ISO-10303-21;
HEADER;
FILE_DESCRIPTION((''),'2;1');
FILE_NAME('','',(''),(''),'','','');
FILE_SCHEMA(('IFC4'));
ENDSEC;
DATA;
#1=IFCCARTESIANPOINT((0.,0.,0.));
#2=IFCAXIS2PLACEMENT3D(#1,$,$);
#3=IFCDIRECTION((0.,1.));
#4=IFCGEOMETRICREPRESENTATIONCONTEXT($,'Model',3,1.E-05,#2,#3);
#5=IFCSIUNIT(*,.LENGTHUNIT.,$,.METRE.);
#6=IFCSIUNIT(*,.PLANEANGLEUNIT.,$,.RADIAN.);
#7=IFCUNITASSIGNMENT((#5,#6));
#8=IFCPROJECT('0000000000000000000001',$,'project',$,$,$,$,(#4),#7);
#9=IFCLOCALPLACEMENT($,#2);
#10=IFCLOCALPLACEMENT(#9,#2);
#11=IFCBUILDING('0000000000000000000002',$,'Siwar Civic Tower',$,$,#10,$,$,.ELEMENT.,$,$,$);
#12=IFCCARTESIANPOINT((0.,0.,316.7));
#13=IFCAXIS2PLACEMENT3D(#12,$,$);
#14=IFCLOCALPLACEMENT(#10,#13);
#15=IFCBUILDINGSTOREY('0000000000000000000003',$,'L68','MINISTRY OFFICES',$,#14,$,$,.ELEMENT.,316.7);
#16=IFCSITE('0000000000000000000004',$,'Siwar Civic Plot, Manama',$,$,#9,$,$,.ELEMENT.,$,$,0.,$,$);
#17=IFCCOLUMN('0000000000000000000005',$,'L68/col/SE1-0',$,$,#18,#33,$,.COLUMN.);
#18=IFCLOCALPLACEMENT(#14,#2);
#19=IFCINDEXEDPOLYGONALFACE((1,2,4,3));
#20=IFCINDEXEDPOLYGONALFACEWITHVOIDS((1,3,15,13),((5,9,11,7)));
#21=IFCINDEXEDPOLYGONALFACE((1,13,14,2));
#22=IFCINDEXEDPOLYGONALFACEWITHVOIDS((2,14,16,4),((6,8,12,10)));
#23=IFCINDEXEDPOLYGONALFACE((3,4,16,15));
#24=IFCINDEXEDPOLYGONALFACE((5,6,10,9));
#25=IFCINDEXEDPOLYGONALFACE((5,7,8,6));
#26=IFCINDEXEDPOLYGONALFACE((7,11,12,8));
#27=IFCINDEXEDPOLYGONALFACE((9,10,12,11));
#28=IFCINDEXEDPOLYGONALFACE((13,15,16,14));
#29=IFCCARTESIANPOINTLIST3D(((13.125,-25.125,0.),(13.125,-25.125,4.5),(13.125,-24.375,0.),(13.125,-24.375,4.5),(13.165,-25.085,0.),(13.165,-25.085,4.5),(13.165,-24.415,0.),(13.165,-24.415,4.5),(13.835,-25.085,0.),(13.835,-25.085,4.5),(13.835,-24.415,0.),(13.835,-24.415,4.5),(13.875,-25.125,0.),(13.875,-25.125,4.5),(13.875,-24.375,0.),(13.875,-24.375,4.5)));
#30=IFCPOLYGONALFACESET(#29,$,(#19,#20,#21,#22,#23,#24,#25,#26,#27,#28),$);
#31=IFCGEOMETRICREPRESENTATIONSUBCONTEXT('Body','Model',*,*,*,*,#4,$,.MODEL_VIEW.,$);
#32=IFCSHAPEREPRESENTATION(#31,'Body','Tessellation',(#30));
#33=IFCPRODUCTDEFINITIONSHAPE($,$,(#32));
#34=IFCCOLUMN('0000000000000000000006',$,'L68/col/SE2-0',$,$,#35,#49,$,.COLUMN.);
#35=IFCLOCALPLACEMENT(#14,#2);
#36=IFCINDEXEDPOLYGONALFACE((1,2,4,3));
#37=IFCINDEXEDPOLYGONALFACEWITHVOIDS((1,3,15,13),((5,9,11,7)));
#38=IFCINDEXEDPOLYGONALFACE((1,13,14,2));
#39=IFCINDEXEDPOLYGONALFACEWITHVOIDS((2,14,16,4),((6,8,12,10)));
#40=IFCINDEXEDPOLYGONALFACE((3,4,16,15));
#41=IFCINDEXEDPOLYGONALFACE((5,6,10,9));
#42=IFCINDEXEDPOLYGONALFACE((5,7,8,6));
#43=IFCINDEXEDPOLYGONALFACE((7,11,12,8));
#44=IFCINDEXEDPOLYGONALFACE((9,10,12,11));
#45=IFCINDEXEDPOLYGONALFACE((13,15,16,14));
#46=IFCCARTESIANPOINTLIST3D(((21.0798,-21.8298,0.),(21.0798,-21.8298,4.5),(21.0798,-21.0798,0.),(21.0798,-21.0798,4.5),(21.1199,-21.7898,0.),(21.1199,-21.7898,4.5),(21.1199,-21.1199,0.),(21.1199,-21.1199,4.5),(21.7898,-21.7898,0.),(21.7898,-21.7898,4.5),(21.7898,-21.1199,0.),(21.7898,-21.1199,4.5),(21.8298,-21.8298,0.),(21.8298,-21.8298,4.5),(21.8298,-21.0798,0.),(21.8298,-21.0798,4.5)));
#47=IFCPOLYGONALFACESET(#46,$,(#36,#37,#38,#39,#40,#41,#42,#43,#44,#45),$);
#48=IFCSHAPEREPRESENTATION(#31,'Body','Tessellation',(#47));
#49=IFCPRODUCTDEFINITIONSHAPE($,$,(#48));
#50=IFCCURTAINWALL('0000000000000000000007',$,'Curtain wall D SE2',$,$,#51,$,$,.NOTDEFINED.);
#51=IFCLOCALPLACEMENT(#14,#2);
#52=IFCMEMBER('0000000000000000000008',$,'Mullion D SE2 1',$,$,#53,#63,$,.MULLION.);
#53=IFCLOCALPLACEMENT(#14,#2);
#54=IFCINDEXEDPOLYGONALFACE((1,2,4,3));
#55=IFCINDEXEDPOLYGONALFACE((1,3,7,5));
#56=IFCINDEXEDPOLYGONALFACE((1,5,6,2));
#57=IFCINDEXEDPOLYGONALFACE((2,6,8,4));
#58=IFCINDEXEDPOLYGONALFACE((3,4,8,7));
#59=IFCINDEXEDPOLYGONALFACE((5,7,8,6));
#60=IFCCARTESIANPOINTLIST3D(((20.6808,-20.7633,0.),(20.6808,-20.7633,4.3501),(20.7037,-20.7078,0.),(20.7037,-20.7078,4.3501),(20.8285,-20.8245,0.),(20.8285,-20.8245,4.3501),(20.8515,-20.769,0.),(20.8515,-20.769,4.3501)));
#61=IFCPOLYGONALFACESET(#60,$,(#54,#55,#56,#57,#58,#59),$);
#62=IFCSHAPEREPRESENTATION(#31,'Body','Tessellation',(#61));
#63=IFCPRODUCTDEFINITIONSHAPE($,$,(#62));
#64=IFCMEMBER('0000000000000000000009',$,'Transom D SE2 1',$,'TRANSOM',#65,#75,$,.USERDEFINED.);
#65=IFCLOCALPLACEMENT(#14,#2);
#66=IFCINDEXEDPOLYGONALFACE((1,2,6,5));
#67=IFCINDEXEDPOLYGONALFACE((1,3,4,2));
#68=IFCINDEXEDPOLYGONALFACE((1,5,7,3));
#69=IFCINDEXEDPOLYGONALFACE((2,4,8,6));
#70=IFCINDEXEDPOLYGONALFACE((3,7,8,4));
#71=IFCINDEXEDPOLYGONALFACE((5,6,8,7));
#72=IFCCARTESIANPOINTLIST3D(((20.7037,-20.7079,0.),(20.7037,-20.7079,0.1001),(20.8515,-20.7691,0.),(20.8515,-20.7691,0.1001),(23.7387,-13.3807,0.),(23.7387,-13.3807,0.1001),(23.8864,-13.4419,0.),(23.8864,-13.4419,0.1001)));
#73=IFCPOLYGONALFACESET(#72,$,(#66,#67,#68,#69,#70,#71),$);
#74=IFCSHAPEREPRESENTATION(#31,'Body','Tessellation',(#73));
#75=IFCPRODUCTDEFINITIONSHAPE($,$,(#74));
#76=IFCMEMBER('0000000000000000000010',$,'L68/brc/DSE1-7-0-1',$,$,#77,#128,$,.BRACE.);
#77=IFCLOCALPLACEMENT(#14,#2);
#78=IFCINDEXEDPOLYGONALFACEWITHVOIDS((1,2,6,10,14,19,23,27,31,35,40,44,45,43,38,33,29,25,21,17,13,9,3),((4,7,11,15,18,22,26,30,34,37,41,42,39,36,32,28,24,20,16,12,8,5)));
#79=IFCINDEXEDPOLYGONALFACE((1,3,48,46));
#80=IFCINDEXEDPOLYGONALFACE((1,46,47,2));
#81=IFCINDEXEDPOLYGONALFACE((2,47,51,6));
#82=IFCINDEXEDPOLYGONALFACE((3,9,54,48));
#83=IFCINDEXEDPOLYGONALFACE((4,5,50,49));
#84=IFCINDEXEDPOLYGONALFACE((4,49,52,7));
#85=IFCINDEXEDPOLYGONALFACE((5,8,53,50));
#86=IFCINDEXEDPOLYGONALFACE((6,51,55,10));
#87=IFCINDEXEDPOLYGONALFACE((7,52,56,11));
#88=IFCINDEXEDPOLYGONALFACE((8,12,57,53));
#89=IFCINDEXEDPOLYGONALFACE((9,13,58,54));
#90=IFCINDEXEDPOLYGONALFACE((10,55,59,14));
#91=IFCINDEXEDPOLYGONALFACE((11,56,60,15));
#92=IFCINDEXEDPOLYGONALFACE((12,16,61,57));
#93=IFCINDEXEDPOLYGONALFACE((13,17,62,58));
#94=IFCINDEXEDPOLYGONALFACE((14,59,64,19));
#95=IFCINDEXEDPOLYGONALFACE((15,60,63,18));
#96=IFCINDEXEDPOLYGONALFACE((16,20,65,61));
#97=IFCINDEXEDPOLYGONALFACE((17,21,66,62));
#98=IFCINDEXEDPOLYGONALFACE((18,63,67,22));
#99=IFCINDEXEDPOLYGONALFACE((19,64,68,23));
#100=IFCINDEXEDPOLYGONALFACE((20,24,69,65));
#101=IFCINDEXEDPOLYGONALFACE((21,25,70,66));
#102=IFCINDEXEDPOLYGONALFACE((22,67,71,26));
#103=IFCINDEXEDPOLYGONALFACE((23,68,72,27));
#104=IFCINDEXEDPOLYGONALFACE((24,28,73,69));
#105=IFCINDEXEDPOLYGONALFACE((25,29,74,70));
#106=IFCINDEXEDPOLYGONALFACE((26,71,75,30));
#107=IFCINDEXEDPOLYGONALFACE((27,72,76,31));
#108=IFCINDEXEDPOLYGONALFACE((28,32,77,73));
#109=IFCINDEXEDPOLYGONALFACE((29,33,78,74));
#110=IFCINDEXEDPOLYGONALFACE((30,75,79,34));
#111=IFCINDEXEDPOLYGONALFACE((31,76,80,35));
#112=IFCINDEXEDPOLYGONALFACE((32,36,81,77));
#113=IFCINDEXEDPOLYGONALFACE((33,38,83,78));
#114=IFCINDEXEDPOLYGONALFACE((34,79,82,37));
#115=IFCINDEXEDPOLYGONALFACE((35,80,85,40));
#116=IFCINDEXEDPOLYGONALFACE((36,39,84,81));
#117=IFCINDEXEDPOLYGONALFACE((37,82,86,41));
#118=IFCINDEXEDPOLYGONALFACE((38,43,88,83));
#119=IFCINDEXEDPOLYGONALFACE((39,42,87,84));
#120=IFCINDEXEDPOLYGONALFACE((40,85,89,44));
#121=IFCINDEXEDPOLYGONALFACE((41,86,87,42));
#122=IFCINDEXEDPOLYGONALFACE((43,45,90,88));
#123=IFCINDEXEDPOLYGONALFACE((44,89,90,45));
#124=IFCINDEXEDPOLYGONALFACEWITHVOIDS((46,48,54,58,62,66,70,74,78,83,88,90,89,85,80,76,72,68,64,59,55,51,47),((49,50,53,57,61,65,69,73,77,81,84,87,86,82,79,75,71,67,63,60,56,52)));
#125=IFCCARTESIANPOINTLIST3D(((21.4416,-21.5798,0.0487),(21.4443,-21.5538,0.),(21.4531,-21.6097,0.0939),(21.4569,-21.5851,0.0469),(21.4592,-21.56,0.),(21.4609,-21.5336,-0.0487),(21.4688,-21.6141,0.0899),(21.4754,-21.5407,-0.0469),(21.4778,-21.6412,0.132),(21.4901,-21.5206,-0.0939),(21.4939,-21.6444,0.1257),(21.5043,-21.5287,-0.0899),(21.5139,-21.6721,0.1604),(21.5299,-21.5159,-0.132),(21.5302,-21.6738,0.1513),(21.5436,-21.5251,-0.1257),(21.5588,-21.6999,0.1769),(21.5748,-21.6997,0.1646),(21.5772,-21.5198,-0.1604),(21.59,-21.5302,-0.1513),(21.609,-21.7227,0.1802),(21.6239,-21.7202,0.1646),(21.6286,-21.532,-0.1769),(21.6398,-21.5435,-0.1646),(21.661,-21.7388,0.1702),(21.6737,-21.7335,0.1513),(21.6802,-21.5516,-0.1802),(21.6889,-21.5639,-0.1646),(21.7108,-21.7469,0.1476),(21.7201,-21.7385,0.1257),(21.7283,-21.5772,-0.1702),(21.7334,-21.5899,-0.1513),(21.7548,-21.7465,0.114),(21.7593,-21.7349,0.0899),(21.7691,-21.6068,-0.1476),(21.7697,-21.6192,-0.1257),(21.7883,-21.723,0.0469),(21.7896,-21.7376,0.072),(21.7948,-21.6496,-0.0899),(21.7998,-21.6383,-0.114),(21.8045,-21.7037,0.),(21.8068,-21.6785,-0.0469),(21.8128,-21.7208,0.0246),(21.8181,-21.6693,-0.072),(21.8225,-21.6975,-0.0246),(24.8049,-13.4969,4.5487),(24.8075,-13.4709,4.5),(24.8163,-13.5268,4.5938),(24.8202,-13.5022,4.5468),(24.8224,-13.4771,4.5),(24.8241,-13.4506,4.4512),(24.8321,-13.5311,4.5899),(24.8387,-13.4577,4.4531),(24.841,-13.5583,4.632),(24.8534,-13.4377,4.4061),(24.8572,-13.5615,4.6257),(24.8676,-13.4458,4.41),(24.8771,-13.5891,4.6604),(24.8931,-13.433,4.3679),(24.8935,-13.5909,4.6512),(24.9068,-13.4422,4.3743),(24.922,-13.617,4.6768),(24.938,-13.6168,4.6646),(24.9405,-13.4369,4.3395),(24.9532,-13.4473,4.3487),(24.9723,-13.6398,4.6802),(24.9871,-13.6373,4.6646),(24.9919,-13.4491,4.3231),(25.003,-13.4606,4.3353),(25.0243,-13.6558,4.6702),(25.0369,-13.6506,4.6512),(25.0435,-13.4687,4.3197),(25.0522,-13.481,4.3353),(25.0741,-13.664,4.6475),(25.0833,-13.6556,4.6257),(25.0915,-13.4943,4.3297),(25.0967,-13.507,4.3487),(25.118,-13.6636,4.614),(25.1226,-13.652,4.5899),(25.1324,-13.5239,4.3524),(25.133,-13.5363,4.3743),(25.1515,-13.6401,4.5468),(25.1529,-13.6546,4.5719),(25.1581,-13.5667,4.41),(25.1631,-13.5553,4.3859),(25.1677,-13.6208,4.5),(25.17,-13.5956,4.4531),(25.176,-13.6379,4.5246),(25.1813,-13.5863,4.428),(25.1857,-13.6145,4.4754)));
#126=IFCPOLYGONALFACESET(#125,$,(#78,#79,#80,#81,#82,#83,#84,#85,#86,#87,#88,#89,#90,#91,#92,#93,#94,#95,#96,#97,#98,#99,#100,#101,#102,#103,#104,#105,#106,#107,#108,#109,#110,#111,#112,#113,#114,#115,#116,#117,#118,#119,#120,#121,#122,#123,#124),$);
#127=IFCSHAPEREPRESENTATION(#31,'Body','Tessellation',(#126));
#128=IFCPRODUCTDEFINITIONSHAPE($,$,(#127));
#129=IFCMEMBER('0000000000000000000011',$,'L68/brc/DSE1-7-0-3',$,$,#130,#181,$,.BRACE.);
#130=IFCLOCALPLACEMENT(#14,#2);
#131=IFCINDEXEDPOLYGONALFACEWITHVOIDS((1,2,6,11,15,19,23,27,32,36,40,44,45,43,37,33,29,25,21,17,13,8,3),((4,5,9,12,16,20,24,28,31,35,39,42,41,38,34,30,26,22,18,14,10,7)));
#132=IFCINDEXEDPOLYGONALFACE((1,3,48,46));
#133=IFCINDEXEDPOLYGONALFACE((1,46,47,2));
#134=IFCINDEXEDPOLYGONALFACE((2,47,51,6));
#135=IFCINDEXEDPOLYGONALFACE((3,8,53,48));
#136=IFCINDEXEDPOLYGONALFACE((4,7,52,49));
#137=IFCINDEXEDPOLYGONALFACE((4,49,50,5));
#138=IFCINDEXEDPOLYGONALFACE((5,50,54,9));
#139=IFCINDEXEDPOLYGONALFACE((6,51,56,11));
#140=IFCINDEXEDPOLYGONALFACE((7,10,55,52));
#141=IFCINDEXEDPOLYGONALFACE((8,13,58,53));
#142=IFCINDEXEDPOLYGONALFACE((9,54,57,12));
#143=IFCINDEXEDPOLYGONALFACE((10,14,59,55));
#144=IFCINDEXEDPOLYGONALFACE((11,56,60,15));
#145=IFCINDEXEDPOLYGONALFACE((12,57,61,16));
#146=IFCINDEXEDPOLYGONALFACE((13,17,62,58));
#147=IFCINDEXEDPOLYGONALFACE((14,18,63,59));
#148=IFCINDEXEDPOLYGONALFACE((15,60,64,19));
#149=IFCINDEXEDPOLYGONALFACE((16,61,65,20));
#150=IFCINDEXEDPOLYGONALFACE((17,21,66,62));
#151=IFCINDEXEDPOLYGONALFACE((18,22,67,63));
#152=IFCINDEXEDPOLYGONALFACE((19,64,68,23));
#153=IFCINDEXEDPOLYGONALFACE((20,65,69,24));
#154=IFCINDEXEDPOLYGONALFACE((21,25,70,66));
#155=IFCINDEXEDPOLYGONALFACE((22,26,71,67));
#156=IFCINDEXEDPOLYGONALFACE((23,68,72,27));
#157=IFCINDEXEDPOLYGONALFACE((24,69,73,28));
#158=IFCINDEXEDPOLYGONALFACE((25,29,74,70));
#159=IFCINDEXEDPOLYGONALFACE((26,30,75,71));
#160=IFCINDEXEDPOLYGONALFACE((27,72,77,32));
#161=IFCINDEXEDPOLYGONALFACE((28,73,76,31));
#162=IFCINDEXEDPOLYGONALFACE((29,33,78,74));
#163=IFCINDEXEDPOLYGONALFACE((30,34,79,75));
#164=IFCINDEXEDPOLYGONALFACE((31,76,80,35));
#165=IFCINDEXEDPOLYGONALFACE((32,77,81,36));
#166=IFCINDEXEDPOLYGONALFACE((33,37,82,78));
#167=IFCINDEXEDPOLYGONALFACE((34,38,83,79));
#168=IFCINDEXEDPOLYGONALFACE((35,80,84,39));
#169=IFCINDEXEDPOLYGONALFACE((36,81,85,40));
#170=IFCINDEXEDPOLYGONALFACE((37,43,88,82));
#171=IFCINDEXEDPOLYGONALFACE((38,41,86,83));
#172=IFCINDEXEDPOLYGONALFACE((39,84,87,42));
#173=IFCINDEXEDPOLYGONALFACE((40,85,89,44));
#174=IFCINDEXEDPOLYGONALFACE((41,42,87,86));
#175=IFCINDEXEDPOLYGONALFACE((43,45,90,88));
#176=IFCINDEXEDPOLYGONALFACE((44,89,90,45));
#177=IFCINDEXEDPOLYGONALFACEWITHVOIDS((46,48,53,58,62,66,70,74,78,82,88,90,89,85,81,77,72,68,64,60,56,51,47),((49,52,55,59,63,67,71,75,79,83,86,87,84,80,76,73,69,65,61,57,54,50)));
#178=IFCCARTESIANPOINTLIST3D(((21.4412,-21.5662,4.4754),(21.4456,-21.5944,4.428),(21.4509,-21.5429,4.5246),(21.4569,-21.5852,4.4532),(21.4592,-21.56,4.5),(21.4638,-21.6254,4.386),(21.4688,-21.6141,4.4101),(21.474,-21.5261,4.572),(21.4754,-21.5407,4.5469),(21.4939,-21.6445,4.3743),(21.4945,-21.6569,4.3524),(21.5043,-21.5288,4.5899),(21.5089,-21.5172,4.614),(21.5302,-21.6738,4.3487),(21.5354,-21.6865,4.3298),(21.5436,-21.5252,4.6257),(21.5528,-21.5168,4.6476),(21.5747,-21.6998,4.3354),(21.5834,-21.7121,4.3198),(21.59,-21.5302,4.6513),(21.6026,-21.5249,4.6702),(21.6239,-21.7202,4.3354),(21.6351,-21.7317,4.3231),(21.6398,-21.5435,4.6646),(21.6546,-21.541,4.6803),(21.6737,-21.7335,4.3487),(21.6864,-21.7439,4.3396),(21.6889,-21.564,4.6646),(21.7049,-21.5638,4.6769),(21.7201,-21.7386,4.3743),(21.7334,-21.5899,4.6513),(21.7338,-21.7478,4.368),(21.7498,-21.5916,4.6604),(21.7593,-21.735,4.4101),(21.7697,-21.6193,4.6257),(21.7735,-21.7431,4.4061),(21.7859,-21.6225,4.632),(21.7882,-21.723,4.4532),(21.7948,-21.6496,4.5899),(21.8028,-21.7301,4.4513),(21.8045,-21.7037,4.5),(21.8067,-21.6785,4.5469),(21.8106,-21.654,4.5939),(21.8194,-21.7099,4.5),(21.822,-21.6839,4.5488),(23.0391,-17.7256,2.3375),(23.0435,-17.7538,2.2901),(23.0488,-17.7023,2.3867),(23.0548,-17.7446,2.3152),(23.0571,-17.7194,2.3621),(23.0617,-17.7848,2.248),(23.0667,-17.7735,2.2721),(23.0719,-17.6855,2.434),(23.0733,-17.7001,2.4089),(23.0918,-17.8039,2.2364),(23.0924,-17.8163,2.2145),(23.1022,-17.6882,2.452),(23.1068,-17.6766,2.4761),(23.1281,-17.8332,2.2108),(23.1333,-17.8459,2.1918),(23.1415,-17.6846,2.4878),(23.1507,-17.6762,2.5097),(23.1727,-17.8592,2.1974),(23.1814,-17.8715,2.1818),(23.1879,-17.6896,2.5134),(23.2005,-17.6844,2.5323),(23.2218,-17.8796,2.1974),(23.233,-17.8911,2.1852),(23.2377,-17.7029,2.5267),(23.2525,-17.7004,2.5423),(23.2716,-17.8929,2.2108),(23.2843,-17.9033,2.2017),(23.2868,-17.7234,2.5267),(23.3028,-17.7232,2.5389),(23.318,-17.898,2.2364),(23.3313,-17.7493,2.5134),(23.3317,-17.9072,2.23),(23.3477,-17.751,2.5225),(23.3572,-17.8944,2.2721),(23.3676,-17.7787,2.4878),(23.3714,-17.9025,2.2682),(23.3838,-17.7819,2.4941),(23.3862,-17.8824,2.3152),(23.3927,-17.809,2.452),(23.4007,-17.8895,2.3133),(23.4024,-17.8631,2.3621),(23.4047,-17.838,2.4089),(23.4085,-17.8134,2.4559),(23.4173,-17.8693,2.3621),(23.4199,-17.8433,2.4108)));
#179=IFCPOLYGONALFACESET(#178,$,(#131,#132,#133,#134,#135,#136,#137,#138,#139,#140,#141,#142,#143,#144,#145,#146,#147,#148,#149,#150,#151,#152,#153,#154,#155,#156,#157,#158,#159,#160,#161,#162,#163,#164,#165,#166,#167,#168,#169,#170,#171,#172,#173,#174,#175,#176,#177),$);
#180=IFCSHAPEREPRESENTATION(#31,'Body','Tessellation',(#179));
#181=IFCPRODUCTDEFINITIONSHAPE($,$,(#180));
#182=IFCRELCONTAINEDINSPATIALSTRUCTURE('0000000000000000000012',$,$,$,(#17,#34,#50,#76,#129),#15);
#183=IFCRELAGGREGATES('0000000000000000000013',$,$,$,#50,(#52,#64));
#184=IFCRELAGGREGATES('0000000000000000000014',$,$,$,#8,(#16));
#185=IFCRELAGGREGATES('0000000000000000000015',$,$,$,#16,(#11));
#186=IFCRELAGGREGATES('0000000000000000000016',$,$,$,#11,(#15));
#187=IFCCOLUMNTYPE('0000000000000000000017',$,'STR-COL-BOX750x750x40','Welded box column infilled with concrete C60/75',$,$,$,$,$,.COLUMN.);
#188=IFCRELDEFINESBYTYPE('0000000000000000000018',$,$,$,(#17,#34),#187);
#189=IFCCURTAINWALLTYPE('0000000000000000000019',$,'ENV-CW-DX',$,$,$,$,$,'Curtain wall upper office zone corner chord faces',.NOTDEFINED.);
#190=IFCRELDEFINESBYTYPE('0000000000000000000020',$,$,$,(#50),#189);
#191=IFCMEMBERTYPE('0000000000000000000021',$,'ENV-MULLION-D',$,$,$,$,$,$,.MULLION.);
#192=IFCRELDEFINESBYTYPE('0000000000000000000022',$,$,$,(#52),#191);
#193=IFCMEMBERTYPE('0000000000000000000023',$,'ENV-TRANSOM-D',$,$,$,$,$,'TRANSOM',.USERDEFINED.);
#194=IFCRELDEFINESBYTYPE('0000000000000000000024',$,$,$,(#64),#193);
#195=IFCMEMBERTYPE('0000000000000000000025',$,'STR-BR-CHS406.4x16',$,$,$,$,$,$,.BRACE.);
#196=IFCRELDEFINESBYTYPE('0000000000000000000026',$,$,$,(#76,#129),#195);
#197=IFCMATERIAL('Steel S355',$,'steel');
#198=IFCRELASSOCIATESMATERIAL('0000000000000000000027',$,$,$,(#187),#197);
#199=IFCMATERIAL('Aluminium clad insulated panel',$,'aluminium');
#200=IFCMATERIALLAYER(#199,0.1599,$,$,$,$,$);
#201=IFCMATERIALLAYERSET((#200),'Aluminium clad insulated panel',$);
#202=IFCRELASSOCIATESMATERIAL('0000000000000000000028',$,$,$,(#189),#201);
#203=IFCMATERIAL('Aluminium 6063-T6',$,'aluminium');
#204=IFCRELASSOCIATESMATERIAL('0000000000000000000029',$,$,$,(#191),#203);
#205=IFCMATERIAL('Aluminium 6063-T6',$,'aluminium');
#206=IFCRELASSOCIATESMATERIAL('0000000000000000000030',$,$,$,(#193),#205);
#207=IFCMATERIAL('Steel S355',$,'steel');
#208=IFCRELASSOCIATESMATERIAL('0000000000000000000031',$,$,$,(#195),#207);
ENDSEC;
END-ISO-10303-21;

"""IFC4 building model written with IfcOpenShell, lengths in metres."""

from ifc_helpers import new_model, si_unit, direction, frame, origin, origin_2d, place, context, subcontext, project, spatial, rectangle, hollow_rectangle, hollow_circle, extrude, material, layer, layer_set, material_profile, profile_set, type_object, element, aggregate, save


model = new_model("IFC4")

# Units and contexts
model_context = context("Model", 3, precision=1e-05, world=origin(), true_north=direction((0.0, 1.0)))
body_context = subcontext(model_context, "Body", "Model", "MODEL_VIEW")
ifc_project = project(units=[si_unit("LENGTHUNIT", "METRE"), si_unit("PLANEANGLEUNIT", "RADIAN")], contexts=[model_context])

# Site, building, storey
site_placement = place(None, origin())
site = spatial("IfcSite", under=ifc_project, at=site_placement, Name="Siwar Civic Plot, Manama", CompositionType="ELEMENT", RefElevation=0.0)
building_placement = place(site_placement, origin())
building = spatial("IfcBuilding", under=site, at=building_placement, Name="Siwar Civic Tower", CompositionType="ELEMENT")
storey_placement = place(building_placement, frame((0.0, 0.0, 316.7)))
storey = spatial("IfcBuildingStorey", under=building, at=storey_placement, Name="L68", Description="MINISTRY OFFICES", CompositionType="ELEMENT", Elevation=316.7)

# Columns
ifc_material_1 = material(Name="Steel S355", Category="steel")
ifc_material_profile_1 = material_profile(ifc_material_1, hollow_rectangle(XDim=0.75, YDim=0.75, WallThickness=0.04, at=origin_2d()), Name="BOX750x750x40")
ifc_profile_set_1 = profile_set([ifc_material_profile_1], Name="Steel S355")
column_type = type_object("IfcColumnType", Name="STR-COL-BOX750x750x40", Description="Welded box column infilled with concrete C60/75", PredefinedType="COLUMN", material=ifc_profile_set_1)
for number, where, z_axis, x_axis, name in (
    (1, (13.5, -24.75, 0.0), (0.0, 0.0, 1.0), (1.0, 0.0, 0.0), "L68/col/SE1-0"),
    (2, (21.4548, -21.4548, 0.0), (0.0, 0.0, 1.0), (1.0, 0.0, 0.0), "L68/col/SE2-0"),
):
    element("IfcColumn", number, at=place(storey_placement, frame(where, z_axis=z_axis, x_axis=x_axis)), inside=storey, type_object=column_type, Name=name, PredefinedType="COLUMN", context=body_context, shape_type="SweptSolid", body=[
        extrude(hollow_rectangle(XDim=0.75, YDim=0.75, WallThickness=0.04, at=origin_2d()), origin(), (0.0, 0.0, 1.0), 4.5),
    ])

# Curtain wall, members
ifc_material_2 = material(Name="Aluminium clad insulated panel", Category="aluminium")
ifc_layer_1 = layer(ifc_material_2, 0.1599)
ifc_layer_set_1 = layer_set([ifc_layer_1], Name="Aluminium clad insulated panel")
curtain_wall_type = type_object("IfcCurtainWallType", Name="ENV-CW-DX", ElementType="Curtain wall upper office zone corner chord faces", PredefinedType="NOTDEFINED", material=ifc_layer_set_1)
curtain_wall_1_placement = place(storey_placement, origin())
curtain_wall_1 = element("IfcCurtainWall", 3, at=curtain_wall_1_placement, inside=storey, type_object=curtain_wall_type, Name="Curtain wall D SE2", PredefinedType="NOTDEFINED")
ifc_material_3 = material(Name="Aluminium 6063-T6", Category="aluminium")
ifc_material_profile_2 = material_profile(ifc_material_3, rectangle(XDim=0.1599, YDim=0.0601, at=origin_2d()), Name="AL 160x60")
ifc_profile_set_2 = profile_set([ifc_material_profile_2], Name="Aluminium 6063-T6")
member_type_1 = type_object("IfcMemberType", Name="ENV-MULLION-D", PredefinedType="MULLION", material=ifc_profile_set_2)
member_1_placement = place(storey_placement, frame((20.7661, -20.7661, 0.0), z_axis=(0.0, 0.0, 1.0), x_axis=(-0.92388, 0.382683, 0.0)))
member_1 = element("IfcMember", 4, at=member_1_placement, type_object=member_type_1, Name="Mullion D SE2 1", PredefinedType="MULLION", context=body_context, shape_type="SweptSolid", body=[
    extrude(rectangle(XDim=0.1599, YDim=0.0601, at=origin_2d()), origin(), (0.0, 0.0, 1.0), 4.3501),
])
ifc_material_4 = material(Name="Aluminium 6063-T6", Category="aluminium")
ifc_material_profile_3 = material_profile(ifc_material_4, rectangle(XDim=0.1599, YDim=0.1001, at=origin_2d()), Name="AL 160x100")
ifc_profile_set_3 = profile_set([ifc_material_profile_3], Name="Aluminium 6063-T6")
member_type_2 = type_object("IfcMemberType", Name="ENV-TRANSOM-D", ElementType="TRANSOM", PredefinedType="USERDEFINED", material=ifc_profile_set_3)
member_2_placement = place(storey_placement, frame((20.7776, -20.7385, 0.05), z_axis=(0.382674, 0.923884, 0.0), x_axis=(-0.923884, 0.382674, 0.0)))
member_2 = element("IfcMember", 5, at=member_2_placement, type_object=member_type_2, Name="Transom D SE2 1", ObjectType="TRANSOM", PredefinedType="USERDEFINED", context=body_context, shape_type="SweptSolid", body=[
    extrude(rectangle(XDim=0.1599, YDim=0.1001, at=origin_2d()), origin(), (0.0, 0.0, 1.0), 7.9309),
])

# Members
ifc_material_5 = material(Name="Steel S355", Category="steel")
ifc_material_profile_4 = material_profile(ifc_material_5, hollow_circle(Radius=0.2031, WallThickness=0.0161, at=origin_2d()), Name="CHS406.4x16")
ifc_profile_set_4 = profile_set([ifc_material_profile_4], Name="Steel S355")
member_type_3 = type_object("IfcMemberType", Name="STR-BR-CHS406.4x16", PredefinedType="BRACE", material=ifc_profile_set_4)
member_3_placement = place(storey_placement, frame((21.6318, -21.6318, 0.0), z_axis=(0.341671, 0.821143, 0.457149), x_axis=(-0.923265, 0.384164, 0.0)))
element("IfcMember", 6, at=member_3_placement, inside=storey, type_object=member_type_3, Name="L68/brc/DSE1-7-0-1", PredefinedType="BRACE", context=body_context, shape_type="SweptSolid", body=[
    extrude(hollow_circle(Radius=0.2031, WallThickness=0.0161, at=origin_2d()), origin(), (0.0, 0.0, 1.0), 9.8435),
])
member_4_placement = place(storey_placement, frame((23.2297, -17.7913, 2.3621), z_axis=(-0.341653, -0.821167, 0.45712), x_axis=(0.923276, -0.384136, 0.0)))
element("IfcMember", 7, at=member_4_placement, inside=storey, type_object=member_type_3, Name="L68/brc/DSE1-7-0-3", PredefinedType="BRACE", context=body_context, shape_type="SweptSolid", body=[
    extrude(hollow_circle(Radius=0.2031, WallThickness=0.0161, at=origin_2d()), origin(), (0.0, 0.0, 1.0), 4.677),
])

aggregate(curtain_wall_1, [member_1, member_2])

save(model, "model.ifc")
